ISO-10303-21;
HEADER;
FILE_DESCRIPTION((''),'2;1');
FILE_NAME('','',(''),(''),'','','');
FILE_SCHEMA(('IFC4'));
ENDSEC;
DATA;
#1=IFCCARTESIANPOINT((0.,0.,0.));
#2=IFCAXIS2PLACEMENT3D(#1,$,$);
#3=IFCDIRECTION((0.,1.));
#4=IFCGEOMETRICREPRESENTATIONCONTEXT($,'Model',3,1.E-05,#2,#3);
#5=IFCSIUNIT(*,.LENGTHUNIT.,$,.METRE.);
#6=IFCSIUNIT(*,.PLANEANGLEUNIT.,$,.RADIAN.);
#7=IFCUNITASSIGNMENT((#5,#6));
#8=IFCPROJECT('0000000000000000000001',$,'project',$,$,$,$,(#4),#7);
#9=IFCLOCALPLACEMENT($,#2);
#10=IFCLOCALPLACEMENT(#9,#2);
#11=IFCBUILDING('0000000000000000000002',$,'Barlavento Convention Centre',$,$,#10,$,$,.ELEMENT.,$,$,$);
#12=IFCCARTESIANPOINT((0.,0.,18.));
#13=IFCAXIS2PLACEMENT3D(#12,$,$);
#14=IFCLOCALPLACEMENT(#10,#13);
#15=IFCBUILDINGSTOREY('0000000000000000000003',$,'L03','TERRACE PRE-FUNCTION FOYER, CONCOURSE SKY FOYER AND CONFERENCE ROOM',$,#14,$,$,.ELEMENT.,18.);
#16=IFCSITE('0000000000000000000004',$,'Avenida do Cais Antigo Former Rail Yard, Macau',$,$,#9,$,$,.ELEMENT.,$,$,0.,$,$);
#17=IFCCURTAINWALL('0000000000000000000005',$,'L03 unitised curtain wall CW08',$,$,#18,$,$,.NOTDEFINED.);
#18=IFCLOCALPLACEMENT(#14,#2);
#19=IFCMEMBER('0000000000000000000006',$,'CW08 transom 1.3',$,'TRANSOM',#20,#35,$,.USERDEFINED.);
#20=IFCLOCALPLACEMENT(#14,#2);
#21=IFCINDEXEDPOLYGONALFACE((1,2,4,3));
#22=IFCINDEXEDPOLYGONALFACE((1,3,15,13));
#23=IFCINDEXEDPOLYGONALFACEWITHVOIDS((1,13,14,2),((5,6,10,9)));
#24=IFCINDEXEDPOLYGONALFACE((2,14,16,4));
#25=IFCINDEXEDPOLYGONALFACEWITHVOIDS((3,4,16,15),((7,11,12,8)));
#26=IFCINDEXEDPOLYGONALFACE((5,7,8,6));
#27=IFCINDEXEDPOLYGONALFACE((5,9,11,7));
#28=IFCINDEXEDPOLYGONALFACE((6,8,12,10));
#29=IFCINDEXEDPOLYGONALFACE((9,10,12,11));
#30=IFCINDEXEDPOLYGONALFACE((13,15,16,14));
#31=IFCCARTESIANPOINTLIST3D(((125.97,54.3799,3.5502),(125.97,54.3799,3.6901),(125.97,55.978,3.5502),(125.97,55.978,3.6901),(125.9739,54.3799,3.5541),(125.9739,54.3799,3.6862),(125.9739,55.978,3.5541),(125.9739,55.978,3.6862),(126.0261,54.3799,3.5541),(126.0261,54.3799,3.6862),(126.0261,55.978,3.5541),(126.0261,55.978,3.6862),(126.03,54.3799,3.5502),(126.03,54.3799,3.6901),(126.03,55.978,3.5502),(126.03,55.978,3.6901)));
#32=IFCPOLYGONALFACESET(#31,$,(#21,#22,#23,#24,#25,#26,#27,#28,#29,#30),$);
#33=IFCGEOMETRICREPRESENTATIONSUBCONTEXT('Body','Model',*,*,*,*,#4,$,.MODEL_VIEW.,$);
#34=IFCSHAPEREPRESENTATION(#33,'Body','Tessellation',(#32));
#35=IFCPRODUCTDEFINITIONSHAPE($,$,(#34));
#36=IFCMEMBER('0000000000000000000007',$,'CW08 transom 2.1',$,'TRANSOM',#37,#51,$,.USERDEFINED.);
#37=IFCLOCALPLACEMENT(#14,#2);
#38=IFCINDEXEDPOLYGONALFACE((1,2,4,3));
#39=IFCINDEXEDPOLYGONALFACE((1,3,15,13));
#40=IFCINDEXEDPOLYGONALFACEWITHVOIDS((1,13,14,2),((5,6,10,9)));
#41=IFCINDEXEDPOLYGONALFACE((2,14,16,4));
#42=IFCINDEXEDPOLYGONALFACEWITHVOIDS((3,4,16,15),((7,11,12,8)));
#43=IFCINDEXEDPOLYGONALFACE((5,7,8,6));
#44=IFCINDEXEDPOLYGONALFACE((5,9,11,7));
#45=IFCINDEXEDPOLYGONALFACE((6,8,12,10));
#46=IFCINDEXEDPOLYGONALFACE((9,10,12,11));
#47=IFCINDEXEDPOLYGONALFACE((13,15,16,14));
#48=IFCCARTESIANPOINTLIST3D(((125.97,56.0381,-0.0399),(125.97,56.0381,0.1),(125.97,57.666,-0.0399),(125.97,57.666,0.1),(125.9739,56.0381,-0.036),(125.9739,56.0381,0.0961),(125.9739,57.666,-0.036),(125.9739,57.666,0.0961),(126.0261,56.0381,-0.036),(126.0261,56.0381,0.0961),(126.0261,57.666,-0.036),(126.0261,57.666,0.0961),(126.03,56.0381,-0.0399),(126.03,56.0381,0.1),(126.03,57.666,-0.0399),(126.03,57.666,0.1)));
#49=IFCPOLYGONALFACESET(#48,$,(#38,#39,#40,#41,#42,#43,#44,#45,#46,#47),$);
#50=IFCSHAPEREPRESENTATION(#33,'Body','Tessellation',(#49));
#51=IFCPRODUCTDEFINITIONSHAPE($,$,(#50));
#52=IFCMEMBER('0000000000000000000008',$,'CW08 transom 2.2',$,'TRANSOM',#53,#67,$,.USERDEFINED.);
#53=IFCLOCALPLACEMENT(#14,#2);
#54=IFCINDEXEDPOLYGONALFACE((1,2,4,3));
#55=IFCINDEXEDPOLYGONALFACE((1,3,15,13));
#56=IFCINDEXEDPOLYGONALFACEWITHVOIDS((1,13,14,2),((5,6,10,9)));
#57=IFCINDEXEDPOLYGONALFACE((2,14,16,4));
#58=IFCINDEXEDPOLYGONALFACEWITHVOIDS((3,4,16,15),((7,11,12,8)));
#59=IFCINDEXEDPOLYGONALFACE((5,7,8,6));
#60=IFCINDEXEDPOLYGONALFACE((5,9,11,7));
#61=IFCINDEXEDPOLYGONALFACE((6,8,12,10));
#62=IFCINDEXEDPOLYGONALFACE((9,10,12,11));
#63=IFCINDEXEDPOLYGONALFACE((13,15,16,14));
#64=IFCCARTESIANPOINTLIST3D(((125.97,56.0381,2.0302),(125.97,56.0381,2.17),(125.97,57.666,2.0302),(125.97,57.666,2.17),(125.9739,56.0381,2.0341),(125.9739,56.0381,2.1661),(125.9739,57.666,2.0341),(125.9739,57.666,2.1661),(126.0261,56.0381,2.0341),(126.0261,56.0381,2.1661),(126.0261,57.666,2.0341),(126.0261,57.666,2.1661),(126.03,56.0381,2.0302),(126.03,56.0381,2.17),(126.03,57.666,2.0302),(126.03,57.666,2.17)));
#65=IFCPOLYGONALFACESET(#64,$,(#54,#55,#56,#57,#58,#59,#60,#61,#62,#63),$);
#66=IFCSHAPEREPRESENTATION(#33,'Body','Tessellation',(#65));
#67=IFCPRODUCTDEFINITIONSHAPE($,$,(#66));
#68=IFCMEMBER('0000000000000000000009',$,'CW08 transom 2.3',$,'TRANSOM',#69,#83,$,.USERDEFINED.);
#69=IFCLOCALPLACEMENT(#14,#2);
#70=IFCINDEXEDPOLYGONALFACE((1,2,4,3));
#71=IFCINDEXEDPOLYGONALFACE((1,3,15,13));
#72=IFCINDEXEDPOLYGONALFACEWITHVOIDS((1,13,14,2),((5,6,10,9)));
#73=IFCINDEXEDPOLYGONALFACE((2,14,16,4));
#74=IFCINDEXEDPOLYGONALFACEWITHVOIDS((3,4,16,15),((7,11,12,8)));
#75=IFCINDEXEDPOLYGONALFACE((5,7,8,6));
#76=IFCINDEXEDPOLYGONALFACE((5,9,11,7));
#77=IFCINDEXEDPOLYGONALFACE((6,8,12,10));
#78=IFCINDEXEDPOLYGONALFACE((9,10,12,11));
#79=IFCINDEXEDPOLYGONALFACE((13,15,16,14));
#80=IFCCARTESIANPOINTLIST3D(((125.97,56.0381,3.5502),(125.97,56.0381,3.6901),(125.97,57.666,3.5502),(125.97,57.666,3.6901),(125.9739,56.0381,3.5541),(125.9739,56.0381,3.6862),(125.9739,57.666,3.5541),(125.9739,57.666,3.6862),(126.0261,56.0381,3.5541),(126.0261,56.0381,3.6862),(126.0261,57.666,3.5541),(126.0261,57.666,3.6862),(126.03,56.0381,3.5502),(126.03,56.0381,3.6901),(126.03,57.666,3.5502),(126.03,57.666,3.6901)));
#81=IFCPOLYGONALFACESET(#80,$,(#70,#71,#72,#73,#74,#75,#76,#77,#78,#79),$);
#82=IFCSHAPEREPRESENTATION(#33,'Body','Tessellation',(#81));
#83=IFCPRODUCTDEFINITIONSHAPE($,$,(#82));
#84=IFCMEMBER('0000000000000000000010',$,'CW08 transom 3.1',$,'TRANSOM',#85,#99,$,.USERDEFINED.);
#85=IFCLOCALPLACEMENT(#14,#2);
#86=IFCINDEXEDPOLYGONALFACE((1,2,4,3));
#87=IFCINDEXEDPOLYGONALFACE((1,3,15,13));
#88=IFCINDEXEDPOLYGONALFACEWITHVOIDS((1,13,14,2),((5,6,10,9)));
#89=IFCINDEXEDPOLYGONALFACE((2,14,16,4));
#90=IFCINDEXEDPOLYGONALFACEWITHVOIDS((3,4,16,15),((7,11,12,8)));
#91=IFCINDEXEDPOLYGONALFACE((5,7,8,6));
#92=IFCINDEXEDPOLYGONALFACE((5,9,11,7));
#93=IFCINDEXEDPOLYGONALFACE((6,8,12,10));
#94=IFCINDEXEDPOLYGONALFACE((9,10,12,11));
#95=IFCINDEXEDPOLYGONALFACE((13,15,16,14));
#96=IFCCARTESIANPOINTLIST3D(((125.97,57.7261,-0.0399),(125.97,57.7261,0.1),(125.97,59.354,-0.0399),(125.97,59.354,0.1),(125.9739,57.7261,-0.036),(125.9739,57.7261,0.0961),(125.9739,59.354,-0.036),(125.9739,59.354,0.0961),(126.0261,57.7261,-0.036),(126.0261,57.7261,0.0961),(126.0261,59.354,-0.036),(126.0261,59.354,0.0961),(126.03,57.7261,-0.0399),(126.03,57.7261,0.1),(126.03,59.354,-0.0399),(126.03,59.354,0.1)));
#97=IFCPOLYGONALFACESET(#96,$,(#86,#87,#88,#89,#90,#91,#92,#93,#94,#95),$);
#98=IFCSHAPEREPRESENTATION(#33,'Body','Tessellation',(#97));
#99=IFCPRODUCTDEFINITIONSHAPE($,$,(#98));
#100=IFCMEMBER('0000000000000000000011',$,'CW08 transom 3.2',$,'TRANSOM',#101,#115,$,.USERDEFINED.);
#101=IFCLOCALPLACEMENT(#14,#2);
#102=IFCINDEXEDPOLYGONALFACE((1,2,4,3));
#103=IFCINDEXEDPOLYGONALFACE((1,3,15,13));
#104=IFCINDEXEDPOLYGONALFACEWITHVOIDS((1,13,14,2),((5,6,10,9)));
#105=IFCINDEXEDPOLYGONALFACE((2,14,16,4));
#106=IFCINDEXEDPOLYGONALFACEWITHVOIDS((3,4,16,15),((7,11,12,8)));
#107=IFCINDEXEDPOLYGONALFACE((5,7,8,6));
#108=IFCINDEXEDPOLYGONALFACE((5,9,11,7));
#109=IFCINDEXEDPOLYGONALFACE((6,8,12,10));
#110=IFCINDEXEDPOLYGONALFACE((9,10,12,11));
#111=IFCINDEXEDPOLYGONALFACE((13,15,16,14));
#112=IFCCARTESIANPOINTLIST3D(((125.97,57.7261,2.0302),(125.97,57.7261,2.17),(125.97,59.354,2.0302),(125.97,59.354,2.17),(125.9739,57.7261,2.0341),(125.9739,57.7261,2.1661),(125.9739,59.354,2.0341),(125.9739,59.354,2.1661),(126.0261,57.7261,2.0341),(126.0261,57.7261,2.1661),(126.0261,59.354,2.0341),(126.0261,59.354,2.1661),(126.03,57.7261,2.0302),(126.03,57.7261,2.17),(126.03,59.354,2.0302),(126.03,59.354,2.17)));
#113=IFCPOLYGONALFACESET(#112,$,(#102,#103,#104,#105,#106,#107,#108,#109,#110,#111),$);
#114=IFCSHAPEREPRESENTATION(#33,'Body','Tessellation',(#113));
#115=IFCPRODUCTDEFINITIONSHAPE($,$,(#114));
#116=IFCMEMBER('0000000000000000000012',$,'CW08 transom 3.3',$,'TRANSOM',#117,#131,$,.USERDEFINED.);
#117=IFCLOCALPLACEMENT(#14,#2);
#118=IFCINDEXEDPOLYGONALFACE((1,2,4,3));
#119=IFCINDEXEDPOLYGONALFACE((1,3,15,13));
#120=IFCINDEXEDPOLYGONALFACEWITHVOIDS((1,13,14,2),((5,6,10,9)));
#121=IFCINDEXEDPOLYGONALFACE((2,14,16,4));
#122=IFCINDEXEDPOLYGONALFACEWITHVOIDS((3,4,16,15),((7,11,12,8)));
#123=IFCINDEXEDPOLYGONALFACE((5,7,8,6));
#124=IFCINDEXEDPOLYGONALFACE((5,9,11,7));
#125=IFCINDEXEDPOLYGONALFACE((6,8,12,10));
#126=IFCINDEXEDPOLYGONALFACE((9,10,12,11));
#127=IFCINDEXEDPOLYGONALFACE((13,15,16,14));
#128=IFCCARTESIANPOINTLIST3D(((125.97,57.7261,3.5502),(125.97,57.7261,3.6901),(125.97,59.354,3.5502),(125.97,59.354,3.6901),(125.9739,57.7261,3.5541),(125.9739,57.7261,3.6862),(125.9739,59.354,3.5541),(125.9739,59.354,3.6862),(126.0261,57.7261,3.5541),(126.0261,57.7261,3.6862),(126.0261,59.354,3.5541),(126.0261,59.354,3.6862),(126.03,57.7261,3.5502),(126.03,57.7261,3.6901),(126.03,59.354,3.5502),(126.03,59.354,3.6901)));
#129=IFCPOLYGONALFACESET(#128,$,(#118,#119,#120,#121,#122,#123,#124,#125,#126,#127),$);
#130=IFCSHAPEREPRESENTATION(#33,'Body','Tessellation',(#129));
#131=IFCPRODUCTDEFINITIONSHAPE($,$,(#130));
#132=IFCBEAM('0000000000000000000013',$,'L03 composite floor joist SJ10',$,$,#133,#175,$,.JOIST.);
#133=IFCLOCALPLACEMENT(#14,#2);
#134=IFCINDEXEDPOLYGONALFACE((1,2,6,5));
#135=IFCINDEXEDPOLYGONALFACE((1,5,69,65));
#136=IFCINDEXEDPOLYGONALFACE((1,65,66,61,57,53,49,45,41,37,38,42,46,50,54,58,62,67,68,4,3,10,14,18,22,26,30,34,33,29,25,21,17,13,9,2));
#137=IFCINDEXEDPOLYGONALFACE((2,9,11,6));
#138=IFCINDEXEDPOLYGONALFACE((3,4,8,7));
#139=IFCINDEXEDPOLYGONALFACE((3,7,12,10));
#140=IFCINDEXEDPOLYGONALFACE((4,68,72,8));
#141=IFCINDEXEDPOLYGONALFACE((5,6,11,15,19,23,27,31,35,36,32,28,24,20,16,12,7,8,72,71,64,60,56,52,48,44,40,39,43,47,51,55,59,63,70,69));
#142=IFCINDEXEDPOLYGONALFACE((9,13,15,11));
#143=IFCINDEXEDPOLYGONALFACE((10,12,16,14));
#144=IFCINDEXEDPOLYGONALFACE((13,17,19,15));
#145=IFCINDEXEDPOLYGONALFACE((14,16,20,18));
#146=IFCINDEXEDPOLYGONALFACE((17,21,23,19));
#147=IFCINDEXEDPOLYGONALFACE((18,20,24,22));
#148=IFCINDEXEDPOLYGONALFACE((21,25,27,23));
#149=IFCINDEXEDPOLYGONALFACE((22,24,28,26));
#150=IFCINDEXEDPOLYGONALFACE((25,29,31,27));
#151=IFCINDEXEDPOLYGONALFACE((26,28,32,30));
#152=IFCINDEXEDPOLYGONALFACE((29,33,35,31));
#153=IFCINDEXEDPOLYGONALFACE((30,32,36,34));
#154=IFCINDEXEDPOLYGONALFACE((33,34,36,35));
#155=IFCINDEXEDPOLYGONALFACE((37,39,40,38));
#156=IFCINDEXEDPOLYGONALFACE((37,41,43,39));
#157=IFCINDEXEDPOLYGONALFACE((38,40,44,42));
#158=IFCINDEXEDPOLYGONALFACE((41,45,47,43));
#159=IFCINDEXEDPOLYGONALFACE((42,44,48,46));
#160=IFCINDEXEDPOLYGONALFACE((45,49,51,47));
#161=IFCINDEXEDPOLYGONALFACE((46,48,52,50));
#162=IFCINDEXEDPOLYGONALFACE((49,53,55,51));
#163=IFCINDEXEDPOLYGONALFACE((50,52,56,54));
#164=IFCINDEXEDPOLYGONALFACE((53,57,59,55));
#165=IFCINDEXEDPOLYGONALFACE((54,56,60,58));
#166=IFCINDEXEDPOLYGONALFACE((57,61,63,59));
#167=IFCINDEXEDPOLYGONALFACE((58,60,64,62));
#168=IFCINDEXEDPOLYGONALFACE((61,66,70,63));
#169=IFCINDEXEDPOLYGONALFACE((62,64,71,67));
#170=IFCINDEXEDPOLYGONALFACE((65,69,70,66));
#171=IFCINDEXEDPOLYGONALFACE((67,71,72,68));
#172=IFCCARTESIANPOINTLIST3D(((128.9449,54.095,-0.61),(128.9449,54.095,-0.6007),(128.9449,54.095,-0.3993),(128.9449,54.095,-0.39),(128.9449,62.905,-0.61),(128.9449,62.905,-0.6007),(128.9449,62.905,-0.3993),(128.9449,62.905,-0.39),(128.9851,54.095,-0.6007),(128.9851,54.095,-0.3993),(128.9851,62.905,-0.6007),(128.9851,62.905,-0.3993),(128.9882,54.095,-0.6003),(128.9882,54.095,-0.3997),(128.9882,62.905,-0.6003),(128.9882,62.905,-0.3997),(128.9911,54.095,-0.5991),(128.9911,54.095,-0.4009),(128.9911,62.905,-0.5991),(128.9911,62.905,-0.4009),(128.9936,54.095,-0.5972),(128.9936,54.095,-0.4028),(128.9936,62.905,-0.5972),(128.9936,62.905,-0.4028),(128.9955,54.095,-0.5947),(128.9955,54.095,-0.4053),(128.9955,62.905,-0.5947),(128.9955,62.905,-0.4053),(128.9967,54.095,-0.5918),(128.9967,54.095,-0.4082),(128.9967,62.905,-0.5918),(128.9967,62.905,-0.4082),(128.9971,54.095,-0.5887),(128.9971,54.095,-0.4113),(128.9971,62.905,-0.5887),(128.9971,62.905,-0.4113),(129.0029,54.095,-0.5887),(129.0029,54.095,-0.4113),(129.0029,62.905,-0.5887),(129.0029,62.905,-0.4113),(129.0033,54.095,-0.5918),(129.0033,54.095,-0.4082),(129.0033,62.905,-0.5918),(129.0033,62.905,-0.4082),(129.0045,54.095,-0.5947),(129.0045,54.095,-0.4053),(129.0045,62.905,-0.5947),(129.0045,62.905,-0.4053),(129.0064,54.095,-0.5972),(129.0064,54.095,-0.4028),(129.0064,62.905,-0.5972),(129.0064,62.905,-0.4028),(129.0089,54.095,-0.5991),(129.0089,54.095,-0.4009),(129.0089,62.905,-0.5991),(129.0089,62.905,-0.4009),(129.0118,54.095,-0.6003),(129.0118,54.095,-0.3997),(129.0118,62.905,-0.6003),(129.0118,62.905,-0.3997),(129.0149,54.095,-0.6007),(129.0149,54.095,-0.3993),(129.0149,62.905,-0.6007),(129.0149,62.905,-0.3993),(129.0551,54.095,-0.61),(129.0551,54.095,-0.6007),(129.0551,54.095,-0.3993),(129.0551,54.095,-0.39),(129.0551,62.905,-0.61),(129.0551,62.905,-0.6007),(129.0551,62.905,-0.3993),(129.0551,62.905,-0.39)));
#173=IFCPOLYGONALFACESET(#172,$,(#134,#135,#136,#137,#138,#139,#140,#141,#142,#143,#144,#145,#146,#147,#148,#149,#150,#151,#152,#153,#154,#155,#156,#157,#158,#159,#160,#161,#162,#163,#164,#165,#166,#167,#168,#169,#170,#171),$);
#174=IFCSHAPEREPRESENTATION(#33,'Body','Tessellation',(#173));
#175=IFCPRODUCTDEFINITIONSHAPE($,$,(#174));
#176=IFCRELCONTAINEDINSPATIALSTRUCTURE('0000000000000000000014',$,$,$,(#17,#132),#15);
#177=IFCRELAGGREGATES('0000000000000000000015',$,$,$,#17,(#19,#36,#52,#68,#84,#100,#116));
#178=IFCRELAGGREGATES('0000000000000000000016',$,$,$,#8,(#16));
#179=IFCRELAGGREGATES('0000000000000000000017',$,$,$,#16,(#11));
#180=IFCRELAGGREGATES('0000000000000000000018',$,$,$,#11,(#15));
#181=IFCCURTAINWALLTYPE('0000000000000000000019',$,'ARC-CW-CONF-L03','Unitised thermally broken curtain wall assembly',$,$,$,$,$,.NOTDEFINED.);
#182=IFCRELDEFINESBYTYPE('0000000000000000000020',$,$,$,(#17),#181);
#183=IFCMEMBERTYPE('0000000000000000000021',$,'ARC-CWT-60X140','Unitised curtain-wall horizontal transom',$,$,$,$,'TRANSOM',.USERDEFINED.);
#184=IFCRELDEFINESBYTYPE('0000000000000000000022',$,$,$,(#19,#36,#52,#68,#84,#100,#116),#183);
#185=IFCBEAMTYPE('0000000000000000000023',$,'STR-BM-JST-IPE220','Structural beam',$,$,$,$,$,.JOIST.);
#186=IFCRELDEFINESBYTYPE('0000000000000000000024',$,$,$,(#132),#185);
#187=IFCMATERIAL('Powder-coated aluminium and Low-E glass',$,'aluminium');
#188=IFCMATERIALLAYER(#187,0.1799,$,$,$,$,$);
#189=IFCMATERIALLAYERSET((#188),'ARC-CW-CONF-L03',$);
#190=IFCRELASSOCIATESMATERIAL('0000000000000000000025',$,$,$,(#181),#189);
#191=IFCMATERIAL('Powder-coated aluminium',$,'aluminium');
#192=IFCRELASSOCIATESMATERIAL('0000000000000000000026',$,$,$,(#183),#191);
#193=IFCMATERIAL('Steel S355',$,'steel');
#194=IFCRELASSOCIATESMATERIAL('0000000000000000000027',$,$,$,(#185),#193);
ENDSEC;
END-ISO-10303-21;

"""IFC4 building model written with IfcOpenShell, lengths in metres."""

from ifc_helpers import new_model, si_unit, direction, frame, origin, origin_2d, place, context, subcontext, project, spatial, hollow_rectangle, i_section, extrude, material, layer, layer_set, material_profile, profile_set, type_object, element, aggregate, save


model = new_model("IFC4")

# Units and contexts
model_context = context("Model", 3, precision=1e-05, world=origin(), true_north=direction((0.0, 1.0)))
body_context = subcontext(model_context, "Body", "Model", "MODEL_VIEW")
ifc_project = project(units=[si_unit("LENGTHUNIT", "METRE"), si_unit("PLANEANGLEUNIT", "RADIAN")], contexts=[model_context])

# Site, building, storey
site_placement = place(None, origin())
site = spatial("IfcSite", under=ifc_project, at=site_placement, Name="Avenida do Cais Antigo Former Rail Yard, Macau", CompositionType="ELEMENT", RefElevation=0.0)
building_placement = place(site_placement, origin())
building = spatial("IfcBuilding", under=site, at=building_placement, Name="Barlavento Convention Centre", CompositionType="ELEMENT")
storey_placement = place(building_placement, frame((0.0, 0.0, 18.0)))
storey = spatial("IfcBuildingStorey", under=building, at=storey_placement, Name="L03", Description="TERRACE PRE-FUNCTION FOYER, CONCOURSE SKY FOYER AND CONFERENCE ROOM", CompositionType="ELEMENT", Elevation=18.0)

# Shared definitions
ifc_material_1 = material(Name="Steel S355", Category="steel")

# Curtain wall, members
ifc_material_2 = material(Name="Powder-coated aluminium and Low-E glass", Category="aluminium")
ifc_layer_1 = layer(ifc_material_2, 0.1799)
ifc_layer_set_1 = layer_set([ifc_layer_1], Name="ARC-CW-CONF-L03")
curtain_wall_type = type_object("IfcCurtainWallType", Name="ARC-CW-CONF-L03", Description="Unitised thermally broken curtain wall assembly", PredefinedType="NOTDEFINED", material=ifc_layer_set_1)
curtain_wall_placement = place(storey_placement, origin())
curtain_wall = element("IfcCurtainWall", 1, at=curtain_wall_placement, inside=storey, type_object=curtain_wall_type, Name="L03 unitised curtain wall CW08", PredefinedType="NOTDEFINED")
ifc_material_3 = material(Name="Powder-coated aluminium", Category="aluminium")
ifc_material_profile_1 = material_profile(ifc_material_3, hollow_rectangle(XDim=0.0601, YDim=0.1399, WallThickness=0.0039, at=origin_2d()), Name="AL-TRAN 60x140x4")
ifc_profile_set_1 = profile_set([ifc_material_profile_1], Name="Powder-coated aluminium")
member_type_1 = type_object("IfcMemberType", Name="ARC-CWT-60X140", Description="Unitised curtain-wall horizontal transom", ElementType="TRANSOM", PredefinedType="USERDEFINED", material=ifc_profile_set_1)
member_1_placement = place(storey_placement, frame((126.0, 54.3799, 3.6201), z_axis=(0.0, 1.0, 0.0), x_axis=(-1.0, 0.0, 0.0)))
member_1 = element("IfcMember", 2, at=member_1_placement, type_object=member_type_1, Name="CW08 transom 1.3", ObjectType="TRANSOM", PredefinedType="USERDEFINED", context=body_context, shape_type="SweptSolid", body=[
    extrude(hollow_rectangle(XDim=0.0601, YDim=0.1399, WallThickness=0.0039, at=origin_2d()), origin(), (0.0, 0.0, 1.0), 1.5981),
])
member_2_placement = place(storey_placement, frame((126.0, 56.0381, 0.03), z_axis=(0.0, 1.0, 0.0), x_axis=(-1.0, 0.0, 0.0)))
member_2 = element("IfcMember", 3, at=member_2_placement, type_object=member_type_1, Name="CW08 transom 2.1", ObjectType="TRANSOM", PredefinedType="USERDEFINED", context=body_context, shape_type="SweptSolid", body=[
    extrude(hollow_rectangle(XDim=0.0601, YDim=0.1399, WallThickness=0.0039, at=origin_2d()), origin(), (0.0, 0.0, 1.0), 1.6279),
])
member_3_placement = place(storey_placement, frame((126.0, 56.0381, 2.1001), z_axis=(0.0, 1.0, 0.0), x_axis=(-1.0, 0.0, 0.0)))
member_3 = element("IfcMember", 4, at=member_3_placement, type_object=member_type_1, Name="CW08 transom 2.2", ObjectType="TRANSOM", PredefinedType="USERDEFINED", context=body_context, shape_type="SweptSolid", body=[
    extrude(hollow_rectangle(XDim=0.0601, YDim=0.1399, WallThickness=0.0039, at=origin_2d()), origin(), (0.0, 0.0, 1.0), 1.6279),
])
member_4_placement = place(storey_placement, frame((126.0, 56.0381, 3.6201), z_axis=(0.0, 1.0, 0.0), x_axis=(-1.0, 0.0, 0.0)))
member_4 = element("IfcMember", 5, at=member_4_placement, type_object=member_type_1, Name="CW08 transom 2.3", ObjectType="TRANSOM", PredefinedType="USERDEFINED", context=body_context, shape_type="SweptSolid", body=[
    extrude(hollow_rectangle(XDim=0.0601, YDim=0.1399, WallThickness=0.0039, at=origin_2d()), origin(), (0.0, 0.0, 1.0), 1.6279),
])
member_5_placement = place(storey_placement, frame((126.0, 57.7261, 0.03), z_axis=(0.0, 1.0, 0.0), x_axis=(-1.0, 0.0, 0.0)))
member_5 = element("IfcMember", 6, at=member_5_placement, type_object=member_type_1, Name="CW08 transom 3.1", ObjectType="TRANSOM", PredefinedType="USERDEFINED", context=body_context, shape_type="SweptSolid", body=[
    extrude(hollow_rectangle(XDim=0.0601, YDim=0.1399, WallThickness=0.0039, at=origin_2d()), origin(), (0.0, 0.0, 1.0), 1.6279),
])
member_6_placement = place(storey_placement, frame((126.0, 57.7261, 2.1001), z_axis=(0.0, 1.0, 0.0), x_axis=(-1.0, 0.0, 0.0)))
member_6 = element("IfcMember", 7, at=member_6_placement, type_object=member_type_1, Name="CW08 transom 3.2", ObjectType="TRANSOM", PredefinedType="USERDEFINED", context=body_context, shape_type="SweptSolid", body=[
    extrude(hollow_rectangle(XDim=0.0601, YDim=0.1399, WallThickness=0.0039, at=origin_2d()), origin(), (0.0, 0.0, 1.0), 1.6279),
])
member_7_placement = place(storey_placement, frame((126.0, 57.7261, 3.6201), z_axis=(0.0, 1.0, 0.0), x_axis=(-1.0, 0.0, 0.0)))
member_7 = element("IfcMember", 8, at=member_7_placement, type_object=member_type_1, Name="CW08 transom 3.3", ObjectType="TRANSOM", PredefinedType="USERDEFINED", context=body_context, shape_type="SweptSolid", body=[
    extrude(hollow_rectangle(XDim=0.0601, YDim=0.1399, WallThickness=0.0039, at=origin_2d()), origin(), (0.0, 0.0, 1.0), 1.6279),
])

# Beam
ifc_material_profile_2 = material_profile(ifc_material_1, i_section(OverallWidth=0.1101, OverallDepth=0.22, WebThickness=0.0059, FlangeThickness=0.0093, FilletRadius=0.012, at=origin_2d()), Name="IPE 220")
ifc_profile_set_2 = profile_set([ifc_material_profile_2], Name="Steel S355")
beam_type_1 = type_object("IfcBeamType", Name="STR-BM-JST-IPE220", Description="Structural beam", PredefinedType="JOIST", material=ifc_profile_set_2)
beam_1_placement = place(storey_placement, frame((129.0, 54.095, -0.5), z_axis=(0.0, 1.0, 0.0), x_axis=(-1.0, 0.0, 0.0)))
element("IfcBeam", 9, at=beam_1_placement, inside=storey, type_object=beam_type_1, Name="L03 composite floor joist SJ10", PredefinedType="JOIST", context=body_context, shape_type="SweptSolid", body=[
    extrude(i_section(OverallWidth=0.1101, OverallDepth=0.22, WebThickness=0.0059, FlangeThickness=0.0093, FilletRadius=0.012, at=origin_2d()), origin(), (0.0, 0.0, 1.0), 8.8101),
])

aggregate(curtain_wall, [member_1, member_2, member_3, member_4, member_5, member_6, member_7])

save(model, "model.ifc")
